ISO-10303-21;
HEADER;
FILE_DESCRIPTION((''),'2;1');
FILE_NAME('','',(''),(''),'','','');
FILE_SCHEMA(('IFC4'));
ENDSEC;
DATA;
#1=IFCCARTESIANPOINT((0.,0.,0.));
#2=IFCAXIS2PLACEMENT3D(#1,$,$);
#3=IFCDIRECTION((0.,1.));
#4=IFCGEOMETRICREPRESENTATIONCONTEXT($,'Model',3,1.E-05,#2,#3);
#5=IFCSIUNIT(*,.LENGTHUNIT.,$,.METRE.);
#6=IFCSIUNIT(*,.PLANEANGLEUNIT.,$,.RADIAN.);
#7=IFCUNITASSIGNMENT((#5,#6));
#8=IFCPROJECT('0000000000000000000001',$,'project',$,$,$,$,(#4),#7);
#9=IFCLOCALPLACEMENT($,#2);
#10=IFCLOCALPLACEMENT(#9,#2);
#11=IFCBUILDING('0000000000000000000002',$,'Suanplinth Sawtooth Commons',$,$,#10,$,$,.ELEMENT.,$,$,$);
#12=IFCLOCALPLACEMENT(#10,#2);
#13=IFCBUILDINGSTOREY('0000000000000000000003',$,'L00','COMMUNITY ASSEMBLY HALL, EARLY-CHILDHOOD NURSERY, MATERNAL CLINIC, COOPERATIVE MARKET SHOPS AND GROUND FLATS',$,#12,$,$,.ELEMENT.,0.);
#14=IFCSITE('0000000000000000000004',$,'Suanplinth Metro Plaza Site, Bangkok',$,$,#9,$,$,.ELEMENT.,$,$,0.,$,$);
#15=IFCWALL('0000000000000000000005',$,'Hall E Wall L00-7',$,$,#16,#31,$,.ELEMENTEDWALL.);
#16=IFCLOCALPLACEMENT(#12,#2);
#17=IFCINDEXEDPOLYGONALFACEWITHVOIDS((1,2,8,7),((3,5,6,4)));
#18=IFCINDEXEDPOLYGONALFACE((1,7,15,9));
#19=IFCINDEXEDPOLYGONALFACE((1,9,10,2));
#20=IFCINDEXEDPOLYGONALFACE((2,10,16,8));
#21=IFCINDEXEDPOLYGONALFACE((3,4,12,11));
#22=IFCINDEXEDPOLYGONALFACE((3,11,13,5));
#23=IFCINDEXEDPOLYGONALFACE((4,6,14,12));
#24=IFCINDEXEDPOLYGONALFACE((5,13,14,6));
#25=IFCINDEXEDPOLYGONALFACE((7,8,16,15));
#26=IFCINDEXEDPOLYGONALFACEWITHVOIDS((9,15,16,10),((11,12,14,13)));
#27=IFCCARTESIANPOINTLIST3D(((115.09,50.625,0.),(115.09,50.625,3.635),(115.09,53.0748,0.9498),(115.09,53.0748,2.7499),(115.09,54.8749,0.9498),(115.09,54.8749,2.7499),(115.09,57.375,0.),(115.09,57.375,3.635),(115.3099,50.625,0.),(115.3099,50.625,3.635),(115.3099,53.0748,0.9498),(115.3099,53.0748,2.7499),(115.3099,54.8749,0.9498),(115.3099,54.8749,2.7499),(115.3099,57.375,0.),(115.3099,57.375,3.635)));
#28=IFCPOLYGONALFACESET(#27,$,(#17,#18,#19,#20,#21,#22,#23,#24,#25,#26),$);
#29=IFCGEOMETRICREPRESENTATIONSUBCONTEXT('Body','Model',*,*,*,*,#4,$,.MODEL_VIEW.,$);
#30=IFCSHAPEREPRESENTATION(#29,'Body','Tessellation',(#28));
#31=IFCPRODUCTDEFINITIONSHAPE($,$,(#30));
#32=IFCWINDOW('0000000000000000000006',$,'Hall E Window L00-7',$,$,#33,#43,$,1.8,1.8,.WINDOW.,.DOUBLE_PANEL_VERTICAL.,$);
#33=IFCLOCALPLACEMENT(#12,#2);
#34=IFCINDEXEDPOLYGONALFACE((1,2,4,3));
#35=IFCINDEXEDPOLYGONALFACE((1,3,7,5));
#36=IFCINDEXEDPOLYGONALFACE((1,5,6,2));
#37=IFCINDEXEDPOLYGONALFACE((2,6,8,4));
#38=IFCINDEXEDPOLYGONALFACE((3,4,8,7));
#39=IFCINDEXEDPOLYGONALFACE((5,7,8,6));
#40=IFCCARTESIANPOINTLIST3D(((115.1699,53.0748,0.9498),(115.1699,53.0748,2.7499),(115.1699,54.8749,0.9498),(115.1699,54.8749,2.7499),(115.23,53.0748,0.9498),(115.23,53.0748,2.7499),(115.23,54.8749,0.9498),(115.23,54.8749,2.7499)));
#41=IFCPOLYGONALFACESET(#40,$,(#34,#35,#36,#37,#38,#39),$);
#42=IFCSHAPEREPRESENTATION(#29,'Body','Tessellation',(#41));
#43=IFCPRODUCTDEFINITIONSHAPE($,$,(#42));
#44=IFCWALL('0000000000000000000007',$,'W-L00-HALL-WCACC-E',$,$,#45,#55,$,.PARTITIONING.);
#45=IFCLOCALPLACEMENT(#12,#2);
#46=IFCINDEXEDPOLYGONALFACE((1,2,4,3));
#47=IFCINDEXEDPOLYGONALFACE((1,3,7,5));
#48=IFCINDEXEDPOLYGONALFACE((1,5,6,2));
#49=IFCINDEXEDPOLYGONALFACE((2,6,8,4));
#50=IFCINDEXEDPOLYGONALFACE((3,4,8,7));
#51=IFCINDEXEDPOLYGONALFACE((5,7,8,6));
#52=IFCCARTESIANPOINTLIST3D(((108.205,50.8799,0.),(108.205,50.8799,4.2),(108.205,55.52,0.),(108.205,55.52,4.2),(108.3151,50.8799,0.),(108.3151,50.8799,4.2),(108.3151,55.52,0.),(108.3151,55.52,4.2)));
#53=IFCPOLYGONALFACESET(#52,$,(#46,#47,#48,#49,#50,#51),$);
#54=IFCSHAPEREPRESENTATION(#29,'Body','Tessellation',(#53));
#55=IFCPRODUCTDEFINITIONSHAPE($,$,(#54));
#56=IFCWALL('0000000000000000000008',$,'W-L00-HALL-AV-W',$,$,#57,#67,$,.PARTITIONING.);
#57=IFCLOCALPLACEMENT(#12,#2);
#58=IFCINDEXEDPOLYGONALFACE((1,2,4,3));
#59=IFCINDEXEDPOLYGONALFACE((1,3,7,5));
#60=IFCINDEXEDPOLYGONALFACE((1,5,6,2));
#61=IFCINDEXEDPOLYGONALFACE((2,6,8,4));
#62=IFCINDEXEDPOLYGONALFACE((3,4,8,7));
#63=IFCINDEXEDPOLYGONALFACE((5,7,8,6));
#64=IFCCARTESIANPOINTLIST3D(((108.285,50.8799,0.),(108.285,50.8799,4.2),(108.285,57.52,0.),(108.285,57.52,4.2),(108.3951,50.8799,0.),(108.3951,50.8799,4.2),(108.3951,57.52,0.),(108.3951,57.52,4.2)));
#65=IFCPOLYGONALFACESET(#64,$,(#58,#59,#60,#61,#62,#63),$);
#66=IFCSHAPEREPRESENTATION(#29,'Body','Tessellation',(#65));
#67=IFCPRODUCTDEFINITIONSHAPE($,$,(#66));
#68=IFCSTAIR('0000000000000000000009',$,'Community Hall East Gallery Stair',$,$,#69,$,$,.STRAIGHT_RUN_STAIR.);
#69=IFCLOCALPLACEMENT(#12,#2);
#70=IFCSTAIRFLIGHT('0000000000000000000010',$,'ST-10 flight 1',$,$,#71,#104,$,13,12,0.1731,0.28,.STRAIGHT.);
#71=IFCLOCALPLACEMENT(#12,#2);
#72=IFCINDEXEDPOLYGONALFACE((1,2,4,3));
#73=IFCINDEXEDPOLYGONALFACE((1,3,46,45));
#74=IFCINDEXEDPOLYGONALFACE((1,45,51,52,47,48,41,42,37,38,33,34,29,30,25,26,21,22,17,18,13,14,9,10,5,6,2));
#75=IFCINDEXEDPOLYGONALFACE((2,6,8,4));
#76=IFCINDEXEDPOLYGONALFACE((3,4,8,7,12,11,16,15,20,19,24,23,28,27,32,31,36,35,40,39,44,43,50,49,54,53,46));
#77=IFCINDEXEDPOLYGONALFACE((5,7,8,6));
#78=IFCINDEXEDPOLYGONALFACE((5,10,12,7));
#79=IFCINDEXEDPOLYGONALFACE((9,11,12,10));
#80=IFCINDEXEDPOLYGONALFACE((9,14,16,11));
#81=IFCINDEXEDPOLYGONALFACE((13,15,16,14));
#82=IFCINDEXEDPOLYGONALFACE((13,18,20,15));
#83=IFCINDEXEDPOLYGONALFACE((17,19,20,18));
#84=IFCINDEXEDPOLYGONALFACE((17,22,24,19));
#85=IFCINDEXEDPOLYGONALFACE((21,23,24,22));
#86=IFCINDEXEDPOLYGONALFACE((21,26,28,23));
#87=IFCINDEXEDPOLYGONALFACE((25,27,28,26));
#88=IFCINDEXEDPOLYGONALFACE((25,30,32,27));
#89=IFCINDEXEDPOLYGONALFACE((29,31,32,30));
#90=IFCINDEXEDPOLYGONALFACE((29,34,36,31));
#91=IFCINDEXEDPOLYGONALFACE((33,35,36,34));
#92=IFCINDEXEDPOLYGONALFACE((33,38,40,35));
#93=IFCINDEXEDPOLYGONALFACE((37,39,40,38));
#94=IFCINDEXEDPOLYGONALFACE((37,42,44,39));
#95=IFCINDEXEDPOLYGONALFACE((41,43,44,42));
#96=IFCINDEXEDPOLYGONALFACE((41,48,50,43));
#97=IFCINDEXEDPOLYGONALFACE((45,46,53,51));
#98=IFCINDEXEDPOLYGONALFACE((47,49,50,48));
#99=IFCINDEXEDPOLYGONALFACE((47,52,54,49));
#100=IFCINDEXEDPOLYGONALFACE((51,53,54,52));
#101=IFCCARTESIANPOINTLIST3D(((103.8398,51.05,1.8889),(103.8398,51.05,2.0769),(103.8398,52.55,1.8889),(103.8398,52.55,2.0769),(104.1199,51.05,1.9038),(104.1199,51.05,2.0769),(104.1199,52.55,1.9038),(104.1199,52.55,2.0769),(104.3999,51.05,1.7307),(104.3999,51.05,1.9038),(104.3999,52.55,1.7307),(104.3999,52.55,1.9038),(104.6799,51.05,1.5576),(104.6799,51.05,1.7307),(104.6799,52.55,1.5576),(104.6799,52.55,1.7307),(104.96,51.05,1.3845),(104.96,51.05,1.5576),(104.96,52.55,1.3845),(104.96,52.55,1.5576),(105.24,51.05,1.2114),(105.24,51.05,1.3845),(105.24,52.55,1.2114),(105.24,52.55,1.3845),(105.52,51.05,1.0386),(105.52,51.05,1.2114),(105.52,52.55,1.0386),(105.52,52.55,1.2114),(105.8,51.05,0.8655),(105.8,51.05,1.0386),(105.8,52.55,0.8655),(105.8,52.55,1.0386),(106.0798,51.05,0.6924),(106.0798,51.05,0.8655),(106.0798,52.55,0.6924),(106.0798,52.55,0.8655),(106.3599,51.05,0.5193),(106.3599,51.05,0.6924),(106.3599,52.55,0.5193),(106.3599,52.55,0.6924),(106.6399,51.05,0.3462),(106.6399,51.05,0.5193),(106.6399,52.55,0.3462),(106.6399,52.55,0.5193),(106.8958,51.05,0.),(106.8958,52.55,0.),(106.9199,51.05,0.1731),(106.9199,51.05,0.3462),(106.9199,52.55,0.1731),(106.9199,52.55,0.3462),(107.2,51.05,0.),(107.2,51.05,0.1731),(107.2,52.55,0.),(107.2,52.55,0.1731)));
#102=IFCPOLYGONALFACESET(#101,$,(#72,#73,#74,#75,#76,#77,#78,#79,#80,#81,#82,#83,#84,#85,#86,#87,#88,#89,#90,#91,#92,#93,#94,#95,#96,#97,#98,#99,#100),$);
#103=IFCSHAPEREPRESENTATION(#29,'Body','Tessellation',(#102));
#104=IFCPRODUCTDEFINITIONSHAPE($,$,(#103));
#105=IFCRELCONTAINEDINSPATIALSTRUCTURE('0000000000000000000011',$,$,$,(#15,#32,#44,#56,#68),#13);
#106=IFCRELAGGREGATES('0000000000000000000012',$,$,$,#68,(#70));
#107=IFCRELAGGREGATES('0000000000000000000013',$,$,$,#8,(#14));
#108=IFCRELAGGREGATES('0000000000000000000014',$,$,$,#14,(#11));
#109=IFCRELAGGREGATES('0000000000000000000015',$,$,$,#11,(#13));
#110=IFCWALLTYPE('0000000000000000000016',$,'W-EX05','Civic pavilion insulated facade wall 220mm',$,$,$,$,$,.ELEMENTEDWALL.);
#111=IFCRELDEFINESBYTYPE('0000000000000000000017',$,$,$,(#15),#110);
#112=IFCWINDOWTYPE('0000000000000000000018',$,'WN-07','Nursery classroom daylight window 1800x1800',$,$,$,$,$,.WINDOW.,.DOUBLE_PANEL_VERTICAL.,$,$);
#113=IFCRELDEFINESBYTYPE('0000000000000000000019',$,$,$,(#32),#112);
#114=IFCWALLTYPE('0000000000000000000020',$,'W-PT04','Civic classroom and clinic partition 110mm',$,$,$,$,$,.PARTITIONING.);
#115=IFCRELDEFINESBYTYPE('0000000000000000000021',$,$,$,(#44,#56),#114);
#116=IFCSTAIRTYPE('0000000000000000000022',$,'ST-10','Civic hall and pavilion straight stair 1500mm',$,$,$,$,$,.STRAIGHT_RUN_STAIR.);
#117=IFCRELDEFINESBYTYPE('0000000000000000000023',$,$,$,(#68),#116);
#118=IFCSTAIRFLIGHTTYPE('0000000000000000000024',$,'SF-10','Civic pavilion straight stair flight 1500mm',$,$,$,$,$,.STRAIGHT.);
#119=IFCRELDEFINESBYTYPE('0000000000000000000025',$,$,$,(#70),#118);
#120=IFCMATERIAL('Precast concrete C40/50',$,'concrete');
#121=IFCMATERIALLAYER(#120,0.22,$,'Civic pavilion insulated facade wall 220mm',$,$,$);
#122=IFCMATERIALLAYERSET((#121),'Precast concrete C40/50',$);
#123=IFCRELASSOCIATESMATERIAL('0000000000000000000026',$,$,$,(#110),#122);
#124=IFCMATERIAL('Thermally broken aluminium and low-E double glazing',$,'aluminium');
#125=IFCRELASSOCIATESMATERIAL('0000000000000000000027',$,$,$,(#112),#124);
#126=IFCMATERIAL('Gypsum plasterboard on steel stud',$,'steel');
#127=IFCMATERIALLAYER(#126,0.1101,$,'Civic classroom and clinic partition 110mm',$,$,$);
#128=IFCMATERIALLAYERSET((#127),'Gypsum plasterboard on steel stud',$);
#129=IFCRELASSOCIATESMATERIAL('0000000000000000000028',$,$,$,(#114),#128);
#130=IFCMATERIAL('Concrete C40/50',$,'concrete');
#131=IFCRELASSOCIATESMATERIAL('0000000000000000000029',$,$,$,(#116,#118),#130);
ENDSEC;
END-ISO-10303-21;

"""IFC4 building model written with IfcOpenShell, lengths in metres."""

from ifc_helpers import new_model, si_unit, direction, frame, frame_2d, origin, place, context, subcontext, project, spatial, polyline, rectangle, outline, extrude, material, layer, layer_set, type_object, element, fill, aggregate, save


model = new_model("IFC4")

# Units and contexts
model_context = context("Model", 3, precision=1e-05, world=origin(), true_north=direction((0.0, 1.0)))
body_context = subcontext(model_context, "Body", "Model", "MODEL_VIEW")
ifc_project = project(units=[si_unit("LENGTHUNIT", "METRE"), si_unit("PLANEANGLEUNIT", "RADIAN")], contexts=[model_context])

# Site, building, storey
site_placement = place(None, origin())
site = spatial("IfcSite", under=ifc_project, at=site_placement, Name="Suanplinth Metro Plaza Site, Bangkok", CompositionType="ELEMENT", RefElevation=0.0)
building_placement = place(site_placement, origin())
building = spatial("IfcBuilding", under=site, at=building_placement, Name="Suanplinth Sawtooth Commons", CompositionType="ELEMENT")
storey_placement = place(building_placement, origin())
storey = spatial("IfcBuildingStorey", under=building, at=storey_placement, Name="L00", Description="COMMUNITY ASSEMBLY HALL, EARLY-CHILDHOOD NURSERY, MATERNAL CLINIC, COOPERATIVE MARKET SHOPS AND GROUND FLATS", CompositionType="ELEMENT", Elevation=0.0)

# Shared definitions
ifc_material_1 = material(Name="Concrete C40/50", Category="concrete")

# Wall, opening, window
ifc_material_2 = material(Name="Precast concrete C40/50", Category="concrete")
ifc_layer_1 = layer(ifc_material_2, 0.22, Name="Civic pavilion insulated facade wall 220mm")
ifc_layer_set_1 = layer_set([ifc_layer_1], Name="Precast concrete C40/50")
wall_type_1 = type_object("IfcWallType", Name="W-EX05", Description="Civic pavilion insulated facade wall 220mm", PredefinedType="ELEMENTEDWALL", material=ifc_layer_set_1)
wall_1_placement = place(storey_placement, frame((115.2, 50.625, 0.0), z_axis=(0.0, 0.0, 1.0), x_axis=(0.0, 1.0, 0.0)))
wall_1 = element("IfcWall", 1, at=wall_1_placement, inside=storey, type_object=wall_type_1, Name="Hall E Wall L00-7", PredefinedType="ELEMENTEDWALL", context=body_context, shape_type="SweptSolid", body=[
    extrude(rectangle(XDim=6.75, YDim=0.22, at=frame_2d((3.375, 0.0))), origin(), (0.0, 0.0, 1.0), 3.635),
])
opening_placement = place(wall_1_placement, frame((2.45, 0.0, 0.95)))
opening = element("IfcOpeningElement", 2, at=opening_placement, cuts=wall_1, PredefinedType="OPENING", context=body_context, shape_type="SweptSolid", body=[
    extrude(rectangle(XDim=1.8, YDim=1.8, at=frame_2d((0.8999, 0.8999))), frame((0.0, 0.125, 0.0), z_axis=(0.0, -1.0, 0.0), x_axis=(1.0, 0.0, 0.0)), (0.0, 0.0, 1.0), 0.2498),
])
ifc_material_3 = material(Name="Thermally broken aluminium and low-E double glazing", Category="aluminium")
window_type = type_object("IfcWindowType", Name="WN-07", Description="Nursery classroom daylight window 1800x1800", PartitioningType="DOUBLE_PANEL_VERTICAL", PredefinedType="WINDOW", material=ifc_material_3)
window_placement = place(opening_placement, origin())
window = element("IfcWindow", 3, at=window_placement, inside=storey, type_object=window_type, Name="Hall E Window L00-7", OverallHeight=1.8, OverallWidth=1.8, PartitioningType="DOUBLE_PANEL_VERTICAL", PredefinedType="WINDOW", context=body_context, shape_type="SweptSolid", body=[
    extrude(rectangle(XDim=1.8, YDim=1.8, at=frame_2d((0.8999, 0.8999))), frame((0.0, 0.03, 0.0), z_axis=(0.0, -1.0, 0.0), x_axis=(1.0, 0.0, 0.0)), (0.0, 0.0, 1.0), 0.0601),
])
fill(opening, window)

# Walls
ifc_material_4 = material(Name="Gypsum plasterboard on steel stud", Category="steel")
ifc_layer_2 = layer(ifc_material_4, 0.1101, Name="Civic classroom and clinic partition 110mm")
ifc_layer_set_2 = layer_set([ifc_layer_2], Name="Gypsum plasterboard on steel stud")
wall_type_2 = type_object("IfcWallType", Name="W-PT04", Description="Civic classroom and clinic partition 110mm", PredefinedType="PARTITIONING", material=ifc_layer_set_2)
wall_2_placement = place(storey_placement, frame((108.26, 50.8799, 0.0), z_axis=(0.0, 0.0, 1.0), x_axis=(0.0, 1.0, 0.0)))
element("IfcWall", 4, at=wall_2_placement, inside=storey, type_object=wall_type_2, Name="W-L00-HALL-WCACC-E", PredefinedType="PARTITIONING", context=body_context, shape_type="SweptSolid", body=[
    extrude(rectangle(XDim=4.6401, YDim=0.1101, at=frame_2d((2.3201, 0.0))), origin(), (0.0, 0.0, 1.0), 4.2),
])
wall_3_placement = place(storey_placement, frame((108.3401, 50.8799, 0.0), z_axis=(0.0, 0.0, 1.0), x_axis=(0.0, 1.0, 0.0)))
element("IfcWall", 5, at=wall_3_placement, inside=storey, type_object=wall_type_2, Name="W-L00-HALL-AV-W", PredefinedType="PARTITIONING", context=body_context, shape_type="SweptSolid", body=[
    extrude(rectangle(XDim=6.6401, YDim=0.1101, at=frame_2d((3.3201, 0.0))), origin(), (0.0, 0.0, 1.0), 4.2),
])

# Stair, stair flight
stair_type = type_object("IfcStairType", Name="ST-10", Description="Civic hall and pavilion straight stair 1500mm", PredefinedType="STRAIGHT_RUN_STAIR", material=ifc_material_1)
stair_placement = place(storey_placement, origin())
stair = element("IfcStair", 6, at=stair_placement, inside=storey, type_object=stair_type, Name="Community Hall East Gallery Stair", PredefinedType="STRAIGHT_RUN_STAIR")
stair_flight_type = type_object("IfcStairFlightType", Name="SF-10", Description="Civic pavilion straight stair flight 1500mm", PredefinedType="STRAIGHT", material=ifc_material_1)
stair_flight_placement = place(storey_placement, frame((107.2, 51.8, 0.0), z_axis=(0.0, 0.0, 1.0), x_axis=(-1.0, 0.0, 0.0)))
stair_flight = element("IfcStairFlight", 7, at=stair_flight_placement, type_object=stair_flight_type, Name="ST-10 flight 1", NumberOfRisers=13, NumberOfTreads=12, PredefinedType="STRAIGHT", RiserHeight=0.1731, TreadLength=0.28, context=body_context, shape_type="SweptSolid", body=[
    extrude(outline(polyline([(0.0, 0.0), (0.0, 0.1731), (0.28, 0.1731), (0.28, 0.3462), (0.5601, 0.3462), (0.5601, 0.5193), (0.8401, 0.5193), (0.8401, 0.6924), (1.1201, 0.6924), (1.1201, 0.8655), (1.3999, 0.8655), (1.3999, 1.0386), (1.6799, 1.0386), (1.6799, 1.2114), (1.96, 1.2114), (1.96, 1.3845), (2.24, 1.3845), (2.24, 1.5576), (2.52, 1.5576), (2.52, 1.7307), (2.8, 1.7307), (2.8, 1.9038), (3.0801, 1.9038), (3.0801, 2.0769), (3.3601, 2.0769), (3.3601, 2.25), (3.3601, 1.8889), (0.3042, 0.0), (0.0, 0.0)])), frame((0.0, 0.75, 0.0), z_axis=(0.0, -1.0, 0.0), x_axis=(1.0, 0.0, 0.0)), (0.0, 0.0, 1.0), 1.5),
])
aggregate(stair, [stair_flight])

save(model, "model.ifc")
